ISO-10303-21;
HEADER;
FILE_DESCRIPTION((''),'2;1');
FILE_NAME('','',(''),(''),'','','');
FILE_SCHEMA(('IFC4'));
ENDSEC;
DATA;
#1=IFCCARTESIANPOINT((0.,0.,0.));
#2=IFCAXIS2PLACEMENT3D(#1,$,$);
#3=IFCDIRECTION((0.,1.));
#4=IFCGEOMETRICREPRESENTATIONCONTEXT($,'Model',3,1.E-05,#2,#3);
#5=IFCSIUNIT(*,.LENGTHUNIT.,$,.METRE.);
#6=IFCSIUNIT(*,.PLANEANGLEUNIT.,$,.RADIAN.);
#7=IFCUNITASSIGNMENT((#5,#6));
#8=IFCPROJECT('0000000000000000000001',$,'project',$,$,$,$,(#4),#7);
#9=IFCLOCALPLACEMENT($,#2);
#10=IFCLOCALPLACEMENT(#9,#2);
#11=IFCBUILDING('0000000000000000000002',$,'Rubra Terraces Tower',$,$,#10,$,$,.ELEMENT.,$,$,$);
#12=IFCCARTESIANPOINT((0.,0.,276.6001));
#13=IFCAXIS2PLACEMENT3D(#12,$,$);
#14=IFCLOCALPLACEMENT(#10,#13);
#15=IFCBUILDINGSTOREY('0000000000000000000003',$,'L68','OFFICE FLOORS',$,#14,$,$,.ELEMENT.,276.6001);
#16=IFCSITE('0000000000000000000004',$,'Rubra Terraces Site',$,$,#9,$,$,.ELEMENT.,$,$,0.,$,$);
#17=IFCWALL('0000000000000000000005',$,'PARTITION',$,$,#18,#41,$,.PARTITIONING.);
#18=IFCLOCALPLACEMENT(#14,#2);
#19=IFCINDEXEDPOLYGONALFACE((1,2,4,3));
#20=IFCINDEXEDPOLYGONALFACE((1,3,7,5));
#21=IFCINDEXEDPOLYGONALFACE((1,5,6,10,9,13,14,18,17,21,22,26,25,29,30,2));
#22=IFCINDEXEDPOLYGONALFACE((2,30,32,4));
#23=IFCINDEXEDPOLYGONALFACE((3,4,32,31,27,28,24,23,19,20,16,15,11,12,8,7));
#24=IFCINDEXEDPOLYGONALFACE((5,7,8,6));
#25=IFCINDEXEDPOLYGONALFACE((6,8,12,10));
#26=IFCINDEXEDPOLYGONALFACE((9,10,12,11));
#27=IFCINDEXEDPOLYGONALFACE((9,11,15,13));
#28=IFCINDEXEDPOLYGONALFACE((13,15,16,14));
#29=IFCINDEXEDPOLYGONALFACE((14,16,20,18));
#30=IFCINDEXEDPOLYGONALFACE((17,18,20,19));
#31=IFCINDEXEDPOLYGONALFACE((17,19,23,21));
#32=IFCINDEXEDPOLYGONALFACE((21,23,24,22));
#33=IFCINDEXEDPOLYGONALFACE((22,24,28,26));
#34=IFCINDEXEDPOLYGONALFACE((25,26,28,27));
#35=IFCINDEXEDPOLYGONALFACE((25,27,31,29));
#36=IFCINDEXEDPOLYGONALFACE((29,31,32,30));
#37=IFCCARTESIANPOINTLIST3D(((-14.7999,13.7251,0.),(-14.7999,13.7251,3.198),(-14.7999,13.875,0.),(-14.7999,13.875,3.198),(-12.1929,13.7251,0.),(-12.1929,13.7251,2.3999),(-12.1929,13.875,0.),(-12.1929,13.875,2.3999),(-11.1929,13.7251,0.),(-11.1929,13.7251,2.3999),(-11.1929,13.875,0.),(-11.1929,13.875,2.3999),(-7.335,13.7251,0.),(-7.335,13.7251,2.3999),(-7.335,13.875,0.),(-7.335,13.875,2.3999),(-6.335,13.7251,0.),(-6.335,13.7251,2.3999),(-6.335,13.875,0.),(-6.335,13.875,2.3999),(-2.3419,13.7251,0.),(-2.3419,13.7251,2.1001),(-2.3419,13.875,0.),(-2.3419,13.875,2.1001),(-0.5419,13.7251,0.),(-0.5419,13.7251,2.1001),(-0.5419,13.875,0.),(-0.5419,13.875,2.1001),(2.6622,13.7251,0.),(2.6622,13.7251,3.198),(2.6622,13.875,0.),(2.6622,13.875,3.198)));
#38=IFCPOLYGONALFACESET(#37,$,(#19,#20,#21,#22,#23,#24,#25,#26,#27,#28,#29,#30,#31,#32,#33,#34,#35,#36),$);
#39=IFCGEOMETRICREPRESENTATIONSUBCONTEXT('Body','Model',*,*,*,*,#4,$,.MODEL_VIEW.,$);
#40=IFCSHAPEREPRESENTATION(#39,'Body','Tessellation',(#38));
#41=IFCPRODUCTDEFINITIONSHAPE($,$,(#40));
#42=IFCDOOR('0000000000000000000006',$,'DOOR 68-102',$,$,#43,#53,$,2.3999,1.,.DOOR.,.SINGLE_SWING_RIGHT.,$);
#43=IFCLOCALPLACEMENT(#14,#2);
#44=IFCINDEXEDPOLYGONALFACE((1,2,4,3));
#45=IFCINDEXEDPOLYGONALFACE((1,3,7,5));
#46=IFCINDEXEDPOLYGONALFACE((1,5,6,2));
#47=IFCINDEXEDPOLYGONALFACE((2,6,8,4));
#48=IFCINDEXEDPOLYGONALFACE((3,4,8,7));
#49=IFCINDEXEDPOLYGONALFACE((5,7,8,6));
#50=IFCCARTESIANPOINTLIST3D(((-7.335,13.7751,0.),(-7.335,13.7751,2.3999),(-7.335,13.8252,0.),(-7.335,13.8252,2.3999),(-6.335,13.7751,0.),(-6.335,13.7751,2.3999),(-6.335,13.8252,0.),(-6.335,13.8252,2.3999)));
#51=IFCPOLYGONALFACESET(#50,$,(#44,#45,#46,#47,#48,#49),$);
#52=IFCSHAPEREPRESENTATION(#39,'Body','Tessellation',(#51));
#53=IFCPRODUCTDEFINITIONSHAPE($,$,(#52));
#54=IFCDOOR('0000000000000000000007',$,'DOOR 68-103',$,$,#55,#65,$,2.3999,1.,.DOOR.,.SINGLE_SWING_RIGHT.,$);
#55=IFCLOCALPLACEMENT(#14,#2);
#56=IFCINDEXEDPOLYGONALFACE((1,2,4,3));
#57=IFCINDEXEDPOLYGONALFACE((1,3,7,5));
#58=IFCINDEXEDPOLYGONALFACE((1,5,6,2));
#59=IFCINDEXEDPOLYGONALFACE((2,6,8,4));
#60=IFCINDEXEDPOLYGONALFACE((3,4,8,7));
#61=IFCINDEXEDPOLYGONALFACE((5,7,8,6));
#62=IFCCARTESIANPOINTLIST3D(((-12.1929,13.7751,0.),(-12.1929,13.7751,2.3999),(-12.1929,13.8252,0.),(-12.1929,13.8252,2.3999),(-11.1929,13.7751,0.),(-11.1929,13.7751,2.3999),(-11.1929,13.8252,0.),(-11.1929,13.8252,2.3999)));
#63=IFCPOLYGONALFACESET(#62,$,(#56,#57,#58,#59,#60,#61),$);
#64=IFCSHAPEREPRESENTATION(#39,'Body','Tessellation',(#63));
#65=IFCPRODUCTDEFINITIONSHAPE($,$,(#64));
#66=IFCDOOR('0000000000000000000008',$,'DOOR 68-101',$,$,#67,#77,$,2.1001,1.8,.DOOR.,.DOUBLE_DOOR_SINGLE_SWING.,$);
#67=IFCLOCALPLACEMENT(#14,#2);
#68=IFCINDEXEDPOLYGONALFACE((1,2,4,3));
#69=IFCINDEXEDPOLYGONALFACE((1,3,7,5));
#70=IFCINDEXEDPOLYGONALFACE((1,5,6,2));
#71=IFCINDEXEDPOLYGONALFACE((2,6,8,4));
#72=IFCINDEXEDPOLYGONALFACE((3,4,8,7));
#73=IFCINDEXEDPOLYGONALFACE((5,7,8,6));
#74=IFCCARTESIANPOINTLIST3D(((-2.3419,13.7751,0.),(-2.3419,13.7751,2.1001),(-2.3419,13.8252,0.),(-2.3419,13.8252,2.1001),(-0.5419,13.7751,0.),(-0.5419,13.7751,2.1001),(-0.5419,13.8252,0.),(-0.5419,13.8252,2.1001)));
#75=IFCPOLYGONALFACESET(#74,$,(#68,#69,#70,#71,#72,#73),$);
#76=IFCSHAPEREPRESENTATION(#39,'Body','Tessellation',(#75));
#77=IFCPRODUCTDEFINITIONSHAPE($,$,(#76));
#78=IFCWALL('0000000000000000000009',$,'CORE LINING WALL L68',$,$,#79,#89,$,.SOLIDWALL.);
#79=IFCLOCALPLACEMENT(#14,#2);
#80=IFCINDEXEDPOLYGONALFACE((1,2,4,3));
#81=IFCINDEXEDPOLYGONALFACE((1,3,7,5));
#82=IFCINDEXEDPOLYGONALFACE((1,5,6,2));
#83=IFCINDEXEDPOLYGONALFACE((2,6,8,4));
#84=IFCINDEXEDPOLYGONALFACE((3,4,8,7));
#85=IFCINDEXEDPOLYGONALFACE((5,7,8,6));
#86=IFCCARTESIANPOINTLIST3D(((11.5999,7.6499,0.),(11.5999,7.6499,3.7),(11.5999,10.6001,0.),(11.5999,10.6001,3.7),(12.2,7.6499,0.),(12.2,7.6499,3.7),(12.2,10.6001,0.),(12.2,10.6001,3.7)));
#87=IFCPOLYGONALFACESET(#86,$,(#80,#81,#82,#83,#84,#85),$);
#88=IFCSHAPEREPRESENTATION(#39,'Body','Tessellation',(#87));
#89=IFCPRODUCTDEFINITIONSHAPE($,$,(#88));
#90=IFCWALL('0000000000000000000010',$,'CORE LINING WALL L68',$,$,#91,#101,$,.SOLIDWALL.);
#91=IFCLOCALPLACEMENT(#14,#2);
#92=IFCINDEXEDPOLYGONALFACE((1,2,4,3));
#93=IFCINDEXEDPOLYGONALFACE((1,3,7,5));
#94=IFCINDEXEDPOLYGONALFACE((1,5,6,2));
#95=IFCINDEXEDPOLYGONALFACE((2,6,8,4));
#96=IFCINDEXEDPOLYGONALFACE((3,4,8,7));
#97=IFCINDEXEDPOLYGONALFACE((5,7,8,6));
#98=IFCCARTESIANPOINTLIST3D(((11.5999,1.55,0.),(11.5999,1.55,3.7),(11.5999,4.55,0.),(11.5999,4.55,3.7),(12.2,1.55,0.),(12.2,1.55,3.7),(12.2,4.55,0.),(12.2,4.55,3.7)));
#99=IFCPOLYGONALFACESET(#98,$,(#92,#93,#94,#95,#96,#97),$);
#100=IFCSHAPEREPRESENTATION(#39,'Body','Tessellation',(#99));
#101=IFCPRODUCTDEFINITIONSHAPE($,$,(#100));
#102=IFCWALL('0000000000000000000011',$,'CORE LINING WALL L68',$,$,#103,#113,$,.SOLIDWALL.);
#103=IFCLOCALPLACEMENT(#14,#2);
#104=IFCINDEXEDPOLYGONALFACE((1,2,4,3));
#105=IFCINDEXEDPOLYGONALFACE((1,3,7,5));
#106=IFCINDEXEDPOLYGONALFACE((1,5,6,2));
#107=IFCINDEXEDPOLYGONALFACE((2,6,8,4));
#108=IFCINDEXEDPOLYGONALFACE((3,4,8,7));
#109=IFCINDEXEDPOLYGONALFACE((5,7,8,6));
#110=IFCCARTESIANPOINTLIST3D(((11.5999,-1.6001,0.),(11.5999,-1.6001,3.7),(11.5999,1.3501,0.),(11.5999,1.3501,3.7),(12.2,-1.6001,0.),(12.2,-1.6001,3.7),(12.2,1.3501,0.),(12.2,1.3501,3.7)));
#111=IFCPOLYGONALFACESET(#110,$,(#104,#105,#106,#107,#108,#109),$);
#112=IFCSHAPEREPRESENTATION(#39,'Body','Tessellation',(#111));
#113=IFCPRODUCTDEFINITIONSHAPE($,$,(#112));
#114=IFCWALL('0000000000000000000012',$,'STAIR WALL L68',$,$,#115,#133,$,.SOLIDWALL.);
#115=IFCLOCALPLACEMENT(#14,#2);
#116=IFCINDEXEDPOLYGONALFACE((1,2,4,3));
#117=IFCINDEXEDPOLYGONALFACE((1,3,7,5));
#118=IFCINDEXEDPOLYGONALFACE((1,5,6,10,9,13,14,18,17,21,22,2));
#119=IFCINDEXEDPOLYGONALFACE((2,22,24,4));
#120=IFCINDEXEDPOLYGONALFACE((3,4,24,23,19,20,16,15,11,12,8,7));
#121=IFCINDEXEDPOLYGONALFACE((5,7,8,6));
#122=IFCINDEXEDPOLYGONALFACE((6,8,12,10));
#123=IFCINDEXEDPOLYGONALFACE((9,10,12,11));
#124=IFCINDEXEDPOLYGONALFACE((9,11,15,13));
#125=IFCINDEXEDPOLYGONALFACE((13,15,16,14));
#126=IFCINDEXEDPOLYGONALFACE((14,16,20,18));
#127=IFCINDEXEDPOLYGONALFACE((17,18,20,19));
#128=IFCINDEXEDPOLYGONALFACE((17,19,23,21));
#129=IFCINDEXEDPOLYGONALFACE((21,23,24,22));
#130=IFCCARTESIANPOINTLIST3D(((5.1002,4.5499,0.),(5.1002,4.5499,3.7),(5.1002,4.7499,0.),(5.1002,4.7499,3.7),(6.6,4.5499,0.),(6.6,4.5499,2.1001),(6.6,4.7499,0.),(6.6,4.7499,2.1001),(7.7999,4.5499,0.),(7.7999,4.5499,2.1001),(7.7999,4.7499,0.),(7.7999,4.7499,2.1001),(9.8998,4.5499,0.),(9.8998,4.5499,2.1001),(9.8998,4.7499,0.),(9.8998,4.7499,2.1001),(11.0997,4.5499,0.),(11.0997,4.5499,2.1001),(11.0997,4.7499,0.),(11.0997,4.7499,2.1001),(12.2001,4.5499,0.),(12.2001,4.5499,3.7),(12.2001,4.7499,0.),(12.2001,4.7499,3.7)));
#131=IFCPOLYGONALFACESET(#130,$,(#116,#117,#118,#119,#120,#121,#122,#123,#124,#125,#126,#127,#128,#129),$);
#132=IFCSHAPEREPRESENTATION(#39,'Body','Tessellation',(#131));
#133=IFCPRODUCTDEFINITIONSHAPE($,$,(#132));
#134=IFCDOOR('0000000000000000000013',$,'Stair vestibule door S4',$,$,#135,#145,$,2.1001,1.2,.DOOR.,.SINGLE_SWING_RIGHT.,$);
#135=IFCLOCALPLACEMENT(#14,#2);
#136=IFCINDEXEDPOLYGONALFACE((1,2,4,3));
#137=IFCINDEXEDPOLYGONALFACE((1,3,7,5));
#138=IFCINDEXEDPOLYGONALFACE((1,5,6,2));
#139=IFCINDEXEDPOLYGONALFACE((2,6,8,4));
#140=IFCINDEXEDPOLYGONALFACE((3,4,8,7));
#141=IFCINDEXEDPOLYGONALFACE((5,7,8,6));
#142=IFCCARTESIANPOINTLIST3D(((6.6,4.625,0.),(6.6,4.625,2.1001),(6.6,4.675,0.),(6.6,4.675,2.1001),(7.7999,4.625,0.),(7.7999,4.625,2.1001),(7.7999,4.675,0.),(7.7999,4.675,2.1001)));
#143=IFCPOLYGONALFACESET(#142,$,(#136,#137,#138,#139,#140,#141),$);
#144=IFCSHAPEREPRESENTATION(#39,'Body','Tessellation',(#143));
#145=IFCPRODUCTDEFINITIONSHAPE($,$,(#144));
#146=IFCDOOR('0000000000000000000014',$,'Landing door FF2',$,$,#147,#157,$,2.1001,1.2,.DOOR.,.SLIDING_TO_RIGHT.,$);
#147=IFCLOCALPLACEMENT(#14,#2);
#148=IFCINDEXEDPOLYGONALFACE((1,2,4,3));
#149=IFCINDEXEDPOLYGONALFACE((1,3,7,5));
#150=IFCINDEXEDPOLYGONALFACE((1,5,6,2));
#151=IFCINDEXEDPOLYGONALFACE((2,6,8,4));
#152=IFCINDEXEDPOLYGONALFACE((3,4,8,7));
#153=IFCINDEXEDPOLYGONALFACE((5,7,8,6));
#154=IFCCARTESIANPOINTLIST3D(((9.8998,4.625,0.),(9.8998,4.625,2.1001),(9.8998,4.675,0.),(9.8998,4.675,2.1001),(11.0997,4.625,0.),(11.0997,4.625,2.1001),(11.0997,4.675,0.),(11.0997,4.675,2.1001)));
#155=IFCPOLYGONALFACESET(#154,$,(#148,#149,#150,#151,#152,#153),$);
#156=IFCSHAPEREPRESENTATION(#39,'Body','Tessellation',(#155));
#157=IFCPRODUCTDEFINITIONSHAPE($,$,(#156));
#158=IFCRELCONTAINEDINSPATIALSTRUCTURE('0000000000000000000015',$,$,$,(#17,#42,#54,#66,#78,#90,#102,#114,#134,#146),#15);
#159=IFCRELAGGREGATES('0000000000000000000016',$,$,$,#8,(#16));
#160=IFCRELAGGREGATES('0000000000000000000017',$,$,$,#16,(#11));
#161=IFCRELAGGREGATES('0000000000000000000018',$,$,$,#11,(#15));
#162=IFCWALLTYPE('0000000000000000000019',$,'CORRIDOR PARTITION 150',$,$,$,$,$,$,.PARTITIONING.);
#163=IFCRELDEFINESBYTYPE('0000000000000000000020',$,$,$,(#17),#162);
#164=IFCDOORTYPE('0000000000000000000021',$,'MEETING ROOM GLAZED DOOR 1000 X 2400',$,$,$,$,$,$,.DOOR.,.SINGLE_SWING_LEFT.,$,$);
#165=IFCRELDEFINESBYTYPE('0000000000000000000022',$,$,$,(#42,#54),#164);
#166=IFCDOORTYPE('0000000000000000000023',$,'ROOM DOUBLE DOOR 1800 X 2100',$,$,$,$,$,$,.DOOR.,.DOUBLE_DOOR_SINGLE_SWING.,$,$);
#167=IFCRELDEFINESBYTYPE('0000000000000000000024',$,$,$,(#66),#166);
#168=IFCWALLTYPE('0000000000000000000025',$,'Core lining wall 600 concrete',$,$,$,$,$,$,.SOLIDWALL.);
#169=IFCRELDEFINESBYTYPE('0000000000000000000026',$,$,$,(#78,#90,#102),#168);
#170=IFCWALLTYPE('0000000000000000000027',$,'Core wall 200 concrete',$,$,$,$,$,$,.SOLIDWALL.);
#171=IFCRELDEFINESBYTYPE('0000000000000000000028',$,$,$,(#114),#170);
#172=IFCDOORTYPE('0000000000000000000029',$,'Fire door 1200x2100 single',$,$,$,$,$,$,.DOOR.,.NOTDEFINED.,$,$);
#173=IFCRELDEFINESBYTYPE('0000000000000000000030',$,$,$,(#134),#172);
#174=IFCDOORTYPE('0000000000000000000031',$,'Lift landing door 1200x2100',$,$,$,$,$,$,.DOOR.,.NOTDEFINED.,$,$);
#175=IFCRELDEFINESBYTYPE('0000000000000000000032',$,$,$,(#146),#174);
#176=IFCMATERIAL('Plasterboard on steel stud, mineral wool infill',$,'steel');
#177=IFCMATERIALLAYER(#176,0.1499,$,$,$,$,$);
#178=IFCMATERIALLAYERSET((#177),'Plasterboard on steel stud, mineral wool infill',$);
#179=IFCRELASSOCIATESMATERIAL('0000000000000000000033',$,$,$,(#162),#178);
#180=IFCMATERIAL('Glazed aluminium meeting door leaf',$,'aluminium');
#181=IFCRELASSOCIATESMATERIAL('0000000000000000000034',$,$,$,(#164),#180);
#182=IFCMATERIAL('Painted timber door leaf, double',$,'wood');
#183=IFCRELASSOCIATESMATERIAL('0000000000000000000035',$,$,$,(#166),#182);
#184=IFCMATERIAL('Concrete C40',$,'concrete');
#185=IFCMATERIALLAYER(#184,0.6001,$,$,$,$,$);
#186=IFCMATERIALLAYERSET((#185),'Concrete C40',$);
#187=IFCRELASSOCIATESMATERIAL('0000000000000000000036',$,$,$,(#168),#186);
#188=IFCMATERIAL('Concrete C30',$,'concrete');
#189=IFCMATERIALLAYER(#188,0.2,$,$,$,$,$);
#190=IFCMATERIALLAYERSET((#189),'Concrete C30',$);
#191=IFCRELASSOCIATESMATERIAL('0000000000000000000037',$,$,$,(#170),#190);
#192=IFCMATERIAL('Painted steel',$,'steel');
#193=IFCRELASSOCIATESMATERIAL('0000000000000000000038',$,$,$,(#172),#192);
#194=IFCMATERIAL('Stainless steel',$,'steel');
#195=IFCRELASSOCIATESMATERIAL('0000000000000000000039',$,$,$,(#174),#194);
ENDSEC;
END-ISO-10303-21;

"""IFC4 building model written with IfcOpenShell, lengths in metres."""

from ifc_helpers import new_model, si_unit, direction, frame, frame_2d, origin, place, context, subcontext, project, spatial, rectangle, extrude, material, layer, layer_set, type_object, element, fill, save


model = new_model("IFC4")

# Units and contexts
model_context = context("Model", 3, precision=1e-05, world=origin(), true_north=direction((0.0, 1.0)))
body_context = subcontext(model_context, "Body", "Model", "MODEL_VIEW")
ifc_project = project(units=[si_unit("LENGTHUNIT", "METRE"), si_unit("PLANEANGLEUNIT", "RADIAN")], contexts=[model_context])

# Site, building, storey
site_placement = place(None, origin())
site = spatial("IfcSite", under=ifc_project, at=site_placement, Name="Rubra Terraces Site", CompositionType="ELEMENT", RefElevation=0.0)
building_placement = place(site_placement, origin())
building = spatial("IfcBuilding", under=site, at=building_placement, Name="Rubra Terraces Tower", CompositionType="ELEMENT")
storey_placement = place(building_placement, frame((0.0, 0.0, 276.6001)))
storey = spatial("IfcBuildingStorey", under=building, at=storey_placement, Name="L68", Description="OFFICE FLOORS", CompositionType="ELEMENT", Elevation=276.6001)

# Wall, openings, doors
ifc_material_1 = material(Name="Plasterboard on steel stud, mineral wool infill", Category="steel")
ifc_layer_1 = layer(ifc_material_1, 0.1499)
ifc_layer_set_1 = layer_set([ifc_layer_1], Name="Plasterboard on steel stud, mineral wool infill")
wall_type_1 = type_object("IfcWallType", Name="CORRIDOR PARTITION 150", PredefinedType="PARTITIONING", material=ifc_layer_set_1)
wall_1_placement = place(storey_placement, frame((2.6621, 13.8, 0.0), z_axis=(0.0, 0.0, 1.0), x_axis=(-1.0, 0.0, 0.0)))
wall_1 = element("IfcWall", 1, at=wall_1_placement, inside=storey, type_object=wall_type_1, Name="PARTITION", PredefinedType="PARTITIONING", context=body_context, shape_type="SweptSolid", body=[
    extrude(rectangle(XDim=17.4622, YDim=0.1499, at=frame_2d((8.731, 0.0))), origin(), (0.0, 0.0, 1.0), 3.198),
])
opening_1_placement = place(wall_1_placement, frame((3.2041, 0.0, 0.0)))
opening_1 = element("IfcOpeningElement", 2, at=opening_1_placement, cuts=wall_1, PredefinedType="OPENING", context=body_context, shape_type="SweptSolid", body=[
    extrude(rectangle(XDim=1.8, YDim=2.1001, at=frame_2d((0.8999, 1.05))), frame((0.0, 0.085, 0.0), z_axis=(0.0, -1.0, 0.0), x_axis=(1.0, 0.0, 0.0)), (0.0, 0.0, 1.0), 0.1699),
])
opening_2_placement = place(wall_1_placement, frame((8.9971, 0.0, 0.0)))
opening_2 = element("IfcOpeningElement", 3, at=opening_2_placement, cuts=wall_1, PredefinedType="OPENING", context=body_context, shape_type="SweptSolid", body=[
    extrude(rectangle(XDim=1.0, YDim=2.3999, at=frame_2d((0.5, 1.2))), frame((0.0, 0.085, 0.0), z_axis=(0.0, -1.0, 0.0), x_axis=(1.0, 0.0, 0.0)), (0.0, 0.0, 1.0), 0.1699),
])
opening_3_placement = place(wall_1_placement, frame((13.855, 0.0, 0.0)))
opening_3 = element("IfcOpeningElement", 4, at=opening_3_placement, cuts=wall_1, PredefinedType="OPENING", context=body_context, shape_type="SweptSolid", body=[
    extrude(rectangle(XDim=1.0, YDim=2.3999, at=frame_2d((0.5, 1.2))), frame((0.0, 0.085, 0.0), z_axis=(0.0, -1.0, 0.0), x_axis=(1.0, 0.0, 0.0)), (0.0, 0.0, 1.0), 0.1699),
])
ifc_material_2 = material(Name="Glazed aluminium meeting door leaf", Category="aluminium")
door_type_1 = type_object("IfcDoorType", Name="MEETING ROOM GLAZED DOOR 1000 X 2400", OperationType="SINGLE_SWING_LEFT", PredefinedType="DOOR", material=ifc_material_2)
door_1_placement = place(opening_2_placement, origin())
door_1 = element("IfcDoor", 5, at=door_1_placement, inside=storey, type_object=door_type_1, Name="DOOR 68-102", OperationType="SINGLE_SWING_RIGHT", OverallHeight=2.3999, OverallWidth=1.0, PredefinedType="DOOR", context=body_context, shape_type="SweptSolid", body=[
    extrude(rectangle(XDim=1.0, YDim=2.3999, at=frame_2d((0.5, 1.2))), frame((0.0, 0.0249, 0.0), z_axis=(0.0, -1.0, 0.0), x_axis=(1.0, 0.0, 0.0)), (0.0, 0.0, 1.0), 0.05),
])
fill(opening_2, door_1)
door_2_placement = place(opening_3_placement, origin())
door_2 = element("IfcDoor", 6, at=door_2_placement, inside=storey, type_object=door_type_1, Name="DOOR 68-103", OperationType="SINGLE_SWING_RIGHT", OverallHeight=2.3999, OverallWidth=1.0, PredefinedType="DOOR", context=body_context, shape_type="SweptSolid", body=[
    extrude(rectangle(XDim=1.0, YDim=2.3999, at=frame_2d((0.5, 1.2))), frame((0.0, 0.0249, 0.0), z_axis=(0.0, -1.0, 0.0), x_axis=(1.0, 0.0, 0.0)), (0.0, 0.0, 1.0), 0.05),
])
fill(opening_3, door_2)
ifc_material_3 = material(Name="Painted timber door leaf, double", Category="wood")
door_type_2 = type_object("IfcDoorType", Name="ROOM DOUBLE DOOR 1800 X 2100", OperationType="DOUBLE_DOOR_SINGLE_SWING", PredefinedType="DOOR", material=ifc_material_3)
door_3_placement = place(opening_1_placement, origin())
door_3 = element("IfcDoor", 7, at=door_3_placement, inside=storey, type_object=door_type_2, Name="DOOR 68-101", OperationType="DOUBLE_DOOR_SINGLE_SWING", OverallHeight=2.1001, OverallWidth=1.8, PredefinedType="DOOR", context=body_context, shape_type="SweptSolid", body=[
    extrude(rectangle(XDim=1.8, YDim=2.1001, at=frame_2d((0.8999, 1.05))), frame((0.0, 0.0249, 0.0), z_axis=(0.0, -1.0, 0.0), x_axis=(1.0, 0.0, 0.0)), (0.0, 0.0, 1.0), 0.05),
])
fill(opening_1, door_3)

# Walls
ifc_material_4 = material(Name="Concrete C40", Category="concrete")
ifc_layer_2 = layer(ifc_material_4, 0.6001)
ifc_layer_set_2 = layer_set([ifc_layer_2], Name="Concrete C40")
wall_type_2 = type_object("IfcWallType", Name="Core lining wall 600 concrete", PredefinedType="SOLIDWALL", material=ifc_layer_set_2)
wall_2_placement = place(storey_placement, frame((11.8999, 10.6001, 0.0), z_axis=(0.0, 0.0, 1.0), x_axis=(0.0, -1.0, 0.0)))
element("IfcWall", 8, at=wall_2_placement, inside=storey, type_object=wall_type_2, Name="CORE LINING WALL L68", PredefinedType="SOLIDWALL", context=body_context, shape_type="SweptSolid", body=[
    extrude(rectangle(XDim=2.9502, YDim=0.6001, at=frame_2d((1.4751, 0.0))), origin(), (0.0, 0.0, 1.0), 3.7),
])
wall_3_placement = place(storey_placement, frame((11.8999, 4.55, 0.0), z_axis=(0.0, 0.0, 1.0), x_axis=(0.0, -1.0, 0.0)))
element("IfcWall", 9, at=wall_3_placement, inside=storey, type_object=wall_type_2, Name="CORE LINING WALL L68", PredefinedType="SOLIDWALL", context=body_context, shape_type="SweptSolid", body=[
    extrude(rectangle(XDim=3.0, YDim=0.6001, at=frame_2d((1.5, 0.0))), origin(), (0.0, 0.0, 1.0), 3.7),
])
wall_4_placement = place(storey_placement, frame((11.8999, 1.3501, 0.0), z_axis=(0.0, 0.0, 1.0), x_axis=(0.0, -1.0, 0.0)))
element("IfcWall", 10, at=wall_4_placement, inside=storey, type_object=wall_type_2, Name="CORE LINING WALL L68", PredefinedType="SOLIDWALL", context=body_context, shape_type="SweptSolid", body=[
    extrude(rectangle(XDim=2.9502, YDim=0.6001, at=frame_2d((1.4751, 0.0))), origin(), (0.0, 0.0, 1.0), 3.7),
])

# Wall, openings, doors
ifc_material_5 = material(Name="Concrete C30", Category="concrete")
ifc_layer_3 = layer(ifc_material_5, 0.2)
ifc_layer_set_3 = layer_set([ifc_layer_3], Name="Concrete C30")
wall_type_3 = type_object("IfcWallType", Name="Core wall 200 concrete", PredefinedType="SOLIDWALL", material=ifc_layer_set_3)
wall_5_placement = place(storey_placement, frame((12.2, 4.6499, 0.0), z_axis=(0.0, 0.0, 1.0), x_axis=(-1.0, 0.0, 0.0)))
wall_5 = element("IfcWall", 11, at=wall_5_placement, inside=storey, type_object=wall_type_3, Name="STAIR WALL L68", PredefinedType="SOLIDWALL", context=body_context, shape_type="SweptSolid", body=[
    extrude(rectangle(XDim=7.0999, YDim=0.2, at=frame_2d((3.5498, 0.0))), origin(), (0.0, 0.0, 1.0), 3.7),
])
opening_4_placement = place(wall_5_placement, frame((4.3999, 0.0, 0.0)))
opening_4 = element("IfcOpeningElement", 12, at=opening_4_placement, cuts=wall_5, PredefinedType="OPENING", context=body_context, shape_type="SweptSolid", body=[
    extrude(rectangle(XDim=1.2, YDim=2.1001, at=frame_2d((0.6001, 1.05))), frame((0.0, 0.1099, 0.0), z_axis=(0.0, -1.0, 0.0), x_axis=(1.0, 0.0, 0.0)), (0.0, 0.0, 1.0), 0.22),
])
opening_5_placement = place(wall_5_placement, frame((1.1001, 0.0, 0.0)))
opening_5 = element("IfcOpeningElement", 13, at=opening_5_placement, cuts=wall_5, PredefinedType="OPENING", context=body_context, shape_type="SweptSolid", body=[
    extrude(rectangle(XDim=1.2, YDim=2.1001, at=frame_2d((0.6001, 1.05))), frame((0.0, 0.1099, 0.0), z_axis=(0.0, -1.0, 0.0), x_axis=(1.0, 0.0, 0.0)), (0.0, 0.0, 1.0), 0.22),
])
ifc_material_6 = material(Name="Painted steel", Category="steel")
door_type_3 = type_object("IfcDoorType", Name="Fire door 1200x2100 single", OperationType="NOTDEFINED", PredefinedType="DOOR", material=ifc_material_6)
door_4_placement = place(opening_4_placement, origin())
door_4 = element("IfcDoor", 14, at=door_4_placement, inside=storey, type_object=door_type_3, Name="Stair vestibule door S4", OperationType="SINGLE_SWING_RIGHT", OverallHeight=2.1001, OverallWidth=1.2, PredefinedType="DOOR", context=body_context, shape_type="SweptSolid", body=[
    extrude(rectangle(XDim=1.2, YDim=2.1001, at=frame_2d((0.6001, 1.05))), frame((0.0, 0.0249, 0.0), z_axis=(0.0, -1.0, 0.0), x_axis=(1.0, 0.0, 0.0)), (0.0, 0.0, 1.0), 0.05),
])
fill(opening_4, door_4)
ifc_material_7 = material(Name="Stainless steel", Category="steel")
door_type_4 = type_object("IfcDoorType", Name="Lift landing door 1200x2100", OperationType="NOTDEFINED", PredefinedType="DOOR", material=ifc_material_7)
door_5_placement = place(opening_5_placement, origin())
door_5 = element("IfcDoor", 15, at=door_5_placement, inside=storey, type_object=door_type_4, Name="Landing door FF2", OperationType="SLIDING_TO_RIGHT", OverallHeight=2.1001, OverallWidth=1.2, PredefinedType="DOOR", context=body_context, shape_type="SweptSolid", body=[
    extrude(rectangle(XDim=1.2, YDim=2.1001, at=frame_2d((0.6001, 1.05))), frame((0.0, 0.0249, 0.0), z_axis=(0.0, -1.0, 0.0), x_axis=(1.0, 0.0, 0.0)), (0.0, 0.0, 1.0), 0.05),
])
fill(opening_5, door_5)

save(model, "model.ifc")
